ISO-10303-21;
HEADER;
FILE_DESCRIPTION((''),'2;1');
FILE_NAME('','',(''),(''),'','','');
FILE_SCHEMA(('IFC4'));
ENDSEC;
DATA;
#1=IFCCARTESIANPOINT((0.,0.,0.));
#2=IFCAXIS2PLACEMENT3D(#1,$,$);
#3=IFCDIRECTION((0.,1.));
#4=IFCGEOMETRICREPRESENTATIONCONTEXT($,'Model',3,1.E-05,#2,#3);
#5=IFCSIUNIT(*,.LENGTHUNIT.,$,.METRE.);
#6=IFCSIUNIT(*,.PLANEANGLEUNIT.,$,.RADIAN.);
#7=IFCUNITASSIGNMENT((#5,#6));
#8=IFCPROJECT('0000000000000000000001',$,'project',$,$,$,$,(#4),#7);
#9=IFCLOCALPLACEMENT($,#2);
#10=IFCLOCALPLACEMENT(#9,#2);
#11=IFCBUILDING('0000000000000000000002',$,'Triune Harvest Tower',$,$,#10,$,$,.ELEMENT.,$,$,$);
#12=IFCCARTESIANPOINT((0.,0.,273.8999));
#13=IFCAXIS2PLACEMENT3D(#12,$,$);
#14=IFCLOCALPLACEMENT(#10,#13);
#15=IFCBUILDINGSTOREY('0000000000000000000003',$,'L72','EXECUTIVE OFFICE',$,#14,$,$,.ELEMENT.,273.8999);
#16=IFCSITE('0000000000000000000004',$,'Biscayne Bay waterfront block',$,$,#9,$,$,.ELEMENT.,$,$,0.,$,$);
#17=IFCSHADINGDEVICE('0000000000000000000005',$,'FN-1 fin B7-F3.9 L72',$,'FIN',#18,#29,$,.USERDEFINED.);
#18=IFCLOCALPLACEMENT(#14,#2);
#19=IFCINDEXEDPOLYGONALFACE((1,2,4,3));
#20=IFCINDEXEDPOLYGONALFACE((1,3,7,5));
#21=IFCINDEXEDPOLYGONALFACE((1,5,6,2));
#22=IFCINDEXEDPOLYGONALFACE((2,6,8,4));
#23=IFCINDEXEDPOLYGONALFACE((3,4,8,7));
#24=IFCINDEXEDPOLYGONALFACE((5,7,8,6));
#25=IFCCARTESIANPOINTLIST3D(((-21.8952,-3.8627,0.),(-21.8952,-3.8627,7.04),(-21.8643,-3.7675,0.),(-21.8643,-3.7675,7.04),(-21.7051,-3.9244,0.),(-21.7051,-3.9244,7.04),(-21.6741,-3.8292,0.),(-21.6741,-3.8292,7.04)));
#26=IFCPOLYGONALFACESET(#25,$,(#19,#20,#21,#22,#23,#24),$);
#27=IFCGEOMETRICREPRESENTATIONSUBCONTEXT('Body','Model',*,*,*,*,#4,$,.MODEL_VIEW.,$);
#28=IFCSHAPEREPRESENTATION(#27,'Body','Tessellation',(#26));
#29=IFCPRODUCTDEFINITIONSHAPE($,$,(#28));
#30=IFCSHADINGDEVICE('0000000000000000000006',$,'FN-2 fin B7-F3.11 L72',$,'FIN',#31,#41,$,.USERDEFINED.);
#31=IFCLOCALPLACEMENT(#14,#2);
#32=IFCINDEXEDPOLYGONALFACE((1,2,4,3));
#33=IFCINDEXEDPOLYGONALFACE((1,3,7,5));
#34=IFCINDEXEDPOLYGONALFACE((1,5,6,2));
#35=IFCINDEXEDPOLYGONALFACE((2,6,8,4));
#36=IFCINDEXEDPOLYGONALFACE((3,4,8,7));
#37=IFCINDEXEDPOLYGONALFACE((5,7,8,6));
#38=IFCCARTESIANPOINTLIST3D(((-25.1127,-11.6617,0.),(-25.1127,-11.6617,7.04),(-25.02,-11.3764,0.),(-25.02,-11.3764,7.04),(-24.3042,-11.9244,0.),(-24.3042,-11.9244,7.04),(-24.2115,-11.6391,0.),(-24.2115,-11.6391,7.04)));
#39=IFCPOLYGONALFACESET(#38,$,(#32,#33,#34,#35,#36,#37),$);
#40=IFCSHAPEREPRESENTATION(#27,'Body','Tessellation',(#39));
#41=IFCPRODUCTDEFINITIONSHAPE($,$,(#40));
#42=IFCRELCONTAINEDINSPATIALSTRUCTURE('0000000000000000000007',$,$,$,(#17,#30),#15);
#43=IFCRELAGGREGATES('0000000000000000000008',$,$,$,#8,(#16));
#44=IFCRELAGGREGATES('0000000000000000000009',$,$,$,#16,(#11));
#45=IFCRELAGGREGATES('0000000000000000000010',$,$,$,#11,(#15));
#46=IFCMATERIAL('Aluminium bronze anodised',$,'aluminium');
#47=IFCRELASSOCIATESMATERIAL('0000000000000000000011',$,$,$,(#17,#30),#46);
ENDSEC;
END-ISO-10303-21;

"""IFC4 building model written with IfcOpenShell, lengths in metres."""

from ifc_helpers import new_model, si_unit, direction, frame, origin, origin_2d, place, context, subcontext, project, spatial, rectangle, extrude, source, transform, mapped, material, element, save


model = new_model("IFC4")

# Units and contexts
model_context = context("Model", 3, precision=1e-05, world=origin(), true_north=direction((0.0, 1.0)))
body_context = subcontext(model_context, "Body", "Model", "MODEL_VIEW")
ifc_project = project(units=[si_unit("LENGTHUNIT", "METRE"), si_unit("PLANEANGLEUNIT", "RADIAN")], contexts=[model_context])

# Site, building, storey
site_placement = place(None, origin())
site = spatial("IfcSite", under=ifc_project, at=site_placement, Name="Biscayne Bay waterfront block", CompositionType="ELEMENT", RefElevation=0.0)
building_placement = place(site_placement, origin())
building = spatial("IfcBuilding", under=site, at=building_placement, Name="Triune Harvest Tower", CompositionType="ELEMENT")
storey_placement = place(building_placement, frame((0.0, 0.0, 273.8999)))
storey = spatial("IfcBuildingStorey", under=building, at=storey_placement, Name="L72", Description="EXECUTIVE OFFICE", CompositionType="ELEMENT", Elevation=273.8999)

# Shading devices
ifc_material_1 = material(Name="Aluminium bronze anodised", Category="aluminium")
shared_shape_1 = source(origin(), body_context, "Body", "SweptSolid", [
    extrude(rectangle(XDim=0.1001, YDim=0.2, at=origin_2d()), origin(), (0.0, 0.0, 1.0), 7.04),
])
shading_device_1_placement = place(storey_placement, frame((-21.7847, -3.8459, 0.0), z_axis=(0.0, 0.0, 1.0), x_axis=(-0.309016, -0.951057, 0.0)))
element("IfcShadingDevice", 1, at=shading_device_1_placement, inside=storey, material=ifc_material_1, Name="FN-1 fin B7-F3.9 L72", ObjectType="FIN", PredefinedType="USERDEFINED", context=body_context, shape_type="MappedRepresentation", body=[
    mapped(shared_shape_1, transform((0.0, 0.0, 0.0), scale=1.0)),
])
shared_shape_2 = source(origin(), body_context, "Body", "SweptSolid", [
    extrude(rectangle(XDim=0.3, YDim=0.8501, at=origin_2d()), origin(), (0.0, 0.0, 1.0), 7.04),
])
shading_device_2_placement = place(storey_placement, frame((-24.6621, -11.6504, 0.0), z_axis=(0.0, 0.0, 1.0), x_axis=(-0.309016, -0.951057, 0.0)))
element("IfcShadingDevice", 2, at=shading_device_2_placement, inside=storey, material=ifc_material_1, Name="FN-2 fin B7-F3.11 L72", ObjectType="FIN", PredefinedType="USERDEFINED", context=body_context, shape_type="MappedRepresentation", body=[
    mapped(shared_shape_2, transform((0.0, 0.0, 0.0), scale=1.0)),
])

save(model, "model.ifc")
